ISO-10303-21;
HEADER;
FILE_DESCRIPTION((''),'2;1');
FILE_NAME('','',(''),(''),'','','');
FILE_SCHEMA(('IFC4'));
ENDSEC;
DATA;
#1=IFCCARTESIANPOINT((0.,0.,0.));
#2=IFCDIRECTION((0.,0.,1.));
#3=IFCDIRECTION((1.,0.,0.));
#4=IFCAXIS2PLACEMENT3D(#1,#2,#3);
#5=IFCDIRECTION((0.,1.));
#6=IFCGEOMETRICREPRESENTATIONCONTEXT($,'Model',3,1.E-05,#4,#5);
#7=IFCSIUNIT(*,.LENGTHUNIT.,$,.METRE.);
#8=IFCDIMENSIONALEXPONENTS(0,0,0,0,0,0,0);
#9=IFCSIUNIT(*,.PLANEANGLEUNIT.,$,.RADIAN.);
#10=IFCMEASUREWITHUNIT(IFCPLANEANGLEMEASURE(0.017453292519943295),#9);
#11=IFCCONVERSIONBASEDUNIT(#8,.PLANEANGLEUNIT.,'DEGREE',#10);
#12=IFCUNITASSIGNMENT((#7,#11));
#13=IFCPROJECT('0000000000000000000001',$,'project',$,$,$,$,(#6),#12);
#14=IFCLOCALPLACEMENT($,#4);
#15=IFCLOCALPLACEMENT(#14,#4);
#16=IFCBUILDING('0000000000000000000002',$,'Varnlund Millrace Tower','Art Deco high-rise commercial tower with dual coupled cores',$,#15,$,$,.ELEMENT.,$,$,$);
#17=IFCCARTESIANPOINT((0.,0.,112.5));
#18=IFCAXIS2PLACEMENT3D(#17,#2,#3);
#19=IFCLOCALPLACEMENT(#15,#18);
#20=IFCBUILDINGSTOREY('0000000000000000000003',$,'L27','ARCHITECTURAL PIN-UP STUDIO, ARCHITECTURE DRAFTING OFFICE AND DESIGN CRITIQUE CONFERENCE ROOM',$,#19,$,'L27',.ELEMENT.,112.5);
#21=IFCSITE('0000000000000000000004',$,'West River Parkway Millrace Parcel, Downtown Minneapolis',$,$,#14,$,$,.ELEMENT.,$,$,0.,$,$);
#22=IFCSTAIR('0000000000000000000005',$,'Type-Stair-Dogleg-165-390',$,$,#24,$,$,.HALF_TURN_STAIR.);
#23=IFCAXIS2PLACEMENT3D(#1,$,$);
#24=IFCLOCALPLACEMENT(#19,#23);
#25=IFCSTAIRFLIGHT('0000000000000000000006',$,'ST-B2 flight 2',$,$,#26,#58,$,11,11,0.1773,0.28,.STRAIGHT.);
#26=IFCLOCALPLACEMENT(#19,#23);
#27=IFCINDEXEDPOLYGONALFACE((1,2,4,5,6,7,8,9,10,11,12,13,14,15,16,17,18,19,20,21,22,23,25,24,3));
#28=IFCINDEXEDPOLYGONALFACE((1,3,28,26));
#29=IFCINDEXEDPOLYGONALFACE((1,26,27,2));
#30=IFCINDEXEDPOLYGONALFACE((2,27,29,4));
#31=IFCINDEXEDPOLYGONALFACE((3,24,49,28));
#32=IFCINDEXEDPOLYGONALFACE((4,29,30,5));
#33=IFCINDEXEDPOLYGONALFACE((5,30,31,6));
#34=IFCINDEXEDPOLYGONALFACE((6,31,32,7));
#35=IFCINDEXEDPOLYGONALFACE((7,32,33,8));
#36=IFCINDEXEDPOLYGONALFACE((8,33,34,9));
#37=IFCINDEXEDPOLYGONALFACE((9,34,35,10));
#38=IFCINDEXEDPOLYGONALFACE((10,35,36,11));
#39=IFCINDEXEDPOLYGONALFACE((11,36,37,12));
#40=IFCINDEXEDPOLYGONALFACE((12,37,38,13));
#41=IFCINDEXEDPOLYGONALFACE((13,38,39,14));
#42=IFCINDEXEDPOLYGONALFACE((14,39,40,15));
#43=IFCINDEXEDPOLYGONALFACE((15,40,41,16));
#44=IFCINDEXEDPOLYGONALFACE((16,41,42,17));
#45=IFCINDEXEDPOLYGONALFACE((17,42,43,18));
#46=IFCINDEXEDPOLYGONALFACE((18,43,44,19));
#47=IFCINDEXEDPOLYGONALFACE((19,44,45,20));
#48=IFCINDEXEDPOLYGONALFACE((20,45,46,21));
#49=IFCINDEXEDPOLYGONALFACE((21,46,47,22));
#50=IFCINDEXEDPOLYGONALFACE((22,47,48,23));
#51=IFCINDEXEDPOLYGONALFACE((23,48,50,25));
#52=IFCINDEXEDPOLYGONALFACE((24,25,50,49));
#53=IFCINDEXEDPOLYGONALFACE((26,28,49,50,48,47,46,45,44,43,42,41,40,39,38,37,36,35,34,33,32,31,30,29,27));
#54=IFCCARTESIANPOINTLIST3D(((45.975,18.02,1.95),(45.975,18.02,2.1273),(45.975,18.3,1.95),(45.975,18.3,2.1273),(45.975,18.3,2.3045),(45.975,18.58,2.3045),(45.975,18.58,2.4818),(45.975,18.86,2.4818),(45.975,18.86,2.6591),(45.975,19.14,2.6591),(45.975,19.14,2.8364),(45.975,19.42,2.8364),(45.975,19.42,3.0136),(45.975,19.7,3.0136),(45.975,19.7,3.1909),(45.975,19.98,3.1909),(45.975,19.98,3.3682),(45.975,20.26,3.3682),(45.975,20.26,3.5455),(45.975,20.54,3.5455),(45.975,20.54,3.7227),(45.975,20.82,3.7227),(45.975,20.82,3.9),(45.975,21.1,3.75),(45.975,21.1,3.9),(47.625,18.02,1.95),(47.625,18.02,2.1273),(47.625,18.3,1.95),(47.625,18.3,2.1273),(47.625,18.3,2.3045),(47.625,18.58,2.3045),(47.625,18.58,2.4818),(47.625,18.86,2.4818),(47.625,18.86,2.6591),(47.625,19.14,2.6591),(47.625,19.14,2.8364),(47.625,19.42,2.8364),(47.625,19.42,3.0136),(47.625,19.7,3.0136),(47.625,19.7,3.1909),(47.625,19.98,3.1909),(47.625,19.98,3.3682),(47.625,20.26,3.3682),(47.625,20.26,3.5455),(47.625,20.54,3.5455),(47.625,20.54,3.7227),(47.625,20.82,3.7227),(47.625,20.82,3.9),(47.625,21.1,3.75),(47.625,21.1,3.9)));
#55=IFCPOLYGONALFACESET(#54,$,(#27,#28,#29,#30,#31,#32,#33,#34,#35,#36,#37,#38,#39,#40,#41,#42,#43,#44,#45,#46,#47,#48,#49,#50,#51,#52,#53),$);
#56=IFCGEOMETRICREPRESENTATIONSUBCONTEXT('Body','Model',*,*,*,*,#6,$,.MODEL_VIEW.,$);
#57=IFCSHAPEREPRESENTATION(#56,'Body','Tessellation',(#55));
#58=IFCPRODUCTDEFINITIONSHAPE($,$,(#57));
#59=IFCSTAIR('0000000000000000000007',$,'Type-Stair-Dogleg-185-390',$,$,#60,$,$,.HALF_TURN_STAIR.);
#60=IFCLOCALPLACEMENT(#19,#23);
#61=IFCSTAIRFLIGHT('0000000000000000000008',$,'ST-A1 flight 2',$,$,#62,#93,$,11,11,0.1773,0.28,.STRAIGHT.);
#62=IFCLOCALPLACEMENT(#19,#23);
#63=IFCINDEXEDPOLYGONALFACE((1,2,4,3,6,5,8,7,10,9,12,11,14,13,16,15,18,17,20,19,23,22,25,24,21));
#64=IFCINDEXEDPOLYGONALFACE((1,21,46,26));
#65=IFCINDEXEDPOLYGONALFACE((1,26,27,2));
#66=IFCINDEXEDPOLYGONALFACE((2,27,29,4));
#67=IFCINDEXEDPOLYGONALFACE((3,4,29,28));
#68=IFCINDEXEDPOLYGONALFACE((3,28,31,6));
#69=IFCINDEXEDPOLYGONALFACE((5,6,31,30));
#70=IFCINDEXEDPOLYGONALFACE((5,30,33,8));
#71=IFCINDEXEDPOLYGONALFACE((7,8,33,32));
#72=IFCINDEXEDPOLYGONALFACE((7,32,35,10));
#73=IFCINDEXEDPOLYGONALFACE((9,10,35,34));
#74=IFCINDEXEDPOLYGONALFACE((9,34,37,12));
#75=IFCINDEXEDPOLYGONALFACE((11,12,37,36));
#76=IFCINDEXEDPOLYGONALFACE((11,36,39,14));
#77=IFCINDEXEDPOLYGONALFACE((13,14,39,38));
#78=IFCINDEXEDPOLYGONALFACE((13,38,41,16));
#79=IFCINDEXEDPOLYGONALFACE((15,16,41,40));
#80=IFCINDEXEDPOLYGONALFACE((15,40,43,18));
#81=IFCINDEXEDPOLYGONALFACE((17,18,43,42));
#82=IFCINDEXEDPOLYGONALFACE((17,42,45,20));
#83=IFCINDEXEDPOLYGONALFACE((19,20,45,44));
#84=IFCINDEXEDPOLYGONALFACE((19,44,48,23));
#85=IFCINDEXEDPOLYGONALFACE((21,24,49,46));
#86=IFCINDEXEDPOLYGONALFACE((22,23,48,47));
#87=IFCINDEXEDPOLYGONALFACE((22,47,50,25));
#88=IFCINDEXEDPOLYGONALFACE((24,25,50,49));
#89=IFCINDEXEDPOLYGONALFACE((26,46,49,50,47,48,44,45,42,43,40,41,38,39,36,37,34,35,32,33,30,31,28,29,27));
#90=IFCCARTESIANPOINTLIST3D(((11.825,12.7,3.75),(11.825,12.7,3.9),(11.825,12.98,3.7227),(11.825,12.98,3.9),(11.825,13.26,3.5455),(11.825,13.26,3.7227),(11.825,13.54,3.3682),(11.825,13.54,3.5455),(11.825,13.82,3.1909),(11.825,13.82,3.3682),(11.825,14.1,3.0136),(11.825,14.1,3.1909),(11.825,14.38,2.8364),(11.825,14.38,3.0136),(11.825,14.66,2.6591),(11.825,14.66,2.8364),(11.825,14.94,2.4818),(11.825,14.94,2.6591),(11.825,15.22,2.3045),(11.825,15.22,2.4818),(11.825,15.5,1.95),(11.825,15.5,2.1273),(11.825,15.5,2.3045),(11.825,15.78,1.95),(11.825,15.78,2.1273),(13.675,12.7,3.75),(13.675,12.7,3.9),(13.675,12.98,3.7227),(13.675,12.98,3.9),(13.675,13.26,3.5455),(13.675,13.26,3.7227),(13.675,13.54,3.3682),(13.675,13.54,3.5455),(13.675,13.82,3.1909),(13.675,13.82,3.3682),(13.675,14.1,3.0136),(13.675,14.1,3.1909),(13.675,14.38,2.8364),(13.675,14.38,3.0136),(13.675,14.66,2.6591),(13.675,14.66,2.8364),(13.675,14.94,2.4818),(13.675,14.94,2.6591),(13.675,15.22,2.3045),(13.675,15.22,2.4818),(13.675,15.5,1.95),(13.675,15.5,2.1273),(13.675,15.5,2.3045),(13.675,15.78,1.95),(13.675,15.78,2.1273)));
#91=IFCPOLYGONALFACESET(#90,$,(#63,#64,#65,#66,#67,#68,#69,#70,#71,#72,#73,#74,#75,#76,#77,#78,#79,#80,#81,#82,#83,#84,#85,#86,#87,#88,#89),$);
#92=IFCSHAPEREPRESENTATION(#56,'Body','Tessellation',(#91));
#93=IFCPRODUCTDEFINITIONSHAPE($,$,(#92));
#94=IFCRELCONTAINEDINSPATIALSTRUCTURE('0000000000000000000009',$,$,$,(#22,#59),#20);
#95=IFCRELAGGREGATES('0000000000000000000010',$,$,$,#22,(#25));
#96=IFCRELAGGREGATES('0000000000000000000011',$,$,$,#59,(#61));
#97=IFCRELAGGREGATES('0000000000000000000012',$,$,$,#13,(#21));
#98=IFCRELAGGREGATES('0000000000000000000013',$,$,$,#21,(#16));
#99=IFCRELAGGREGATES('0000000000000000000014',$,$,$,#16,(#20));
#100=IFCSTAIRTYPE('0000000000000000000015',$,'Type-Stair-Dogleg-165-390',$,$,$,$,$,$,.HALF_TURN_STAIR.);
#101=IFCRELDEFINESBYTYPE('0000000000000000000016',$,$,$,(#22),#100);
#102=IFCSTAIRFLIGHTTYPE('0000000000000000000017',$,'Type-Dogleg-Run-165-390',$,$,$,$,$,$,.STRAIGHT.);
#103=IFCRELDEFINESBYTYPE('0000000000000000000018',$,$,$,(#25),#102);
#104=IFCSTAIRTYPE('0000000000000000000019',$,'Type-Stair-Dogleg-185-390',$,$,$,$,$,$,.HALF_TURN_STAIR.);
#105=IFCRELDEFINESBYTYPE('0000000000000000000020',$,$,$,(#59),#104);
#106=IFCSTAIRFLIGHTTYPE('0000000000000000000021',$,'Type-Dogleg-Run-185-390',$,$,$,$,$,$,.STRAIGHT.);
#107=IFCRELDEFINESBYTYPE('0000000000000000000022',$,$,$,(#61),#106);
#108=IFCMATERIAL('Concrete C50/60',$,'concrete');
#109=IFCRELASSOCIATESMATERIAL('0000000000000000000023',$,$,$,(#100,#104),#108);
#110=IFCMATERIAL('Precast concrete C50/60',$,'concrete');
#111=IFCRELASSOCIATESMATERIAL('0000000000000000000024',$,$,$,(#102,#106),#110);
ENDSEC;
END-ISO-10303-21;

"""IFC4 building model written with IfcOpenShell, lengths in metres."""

from ifc_helpers import new_model, entity, si_unit, converted_unit, direction, frame, origin_with_axes, place, context, subcontext, project, spatial, polyline, outline, extrude, material, type_object, element, aggregate, save


model = new_model("IFC4")

# Units and contexts
model_context = context("Model", 3, precision=1e-05, world=origin_with_axes(), true_north=direction((0.0, 1.0)))
body_context = subcontext(model_context, "Body", "Model", "MODEL_VIEW")
ifc_project = project(units=[si_unit("LENGTHUNIT", "METRE"), converted_unit("PLANEANGLEUNIT", "DEGREE", entity("IfcPlaneAngleMeasure", 0.017453292519943295), si_unit("PLANEANGLEUNIT", "RADIAN"), dimensions=[0, 0, 0, 0, 0, 0, 0])], contexts=[model_context])

# Site, building, storey
site_placement = place(None, origin_with_axes())
site = spatial("IfcSite", under=ifc_project, at=site_placement, Name="West River Parkway Millrace Parcel, Downtown Minneapolis", CompositionType="ELEMENT", RefElevation=0.0)
building_placement = place(site_placement, origin_with_axes())
building = spatial("IfcBuilding", under=site, at=building_placement, Name="Varnlund Millrace Tower", Description="Art Deco high-rise commercial tower with dual coupled cores", CompositionType="ELEMENT")
storey_placement = place(building_placement, frame((0.0, 0.0, 112.5), z_axis=(0.0, 0.0, 1.0), x_axis=(1.0, 0.0, 0.0)))
storey = spatial("IfcBuildingStorey", under=building, at=storey_placement, Name="L27", Description="ARCHITECTURAL PIN-UP STUDIO, ARCHITECTURE DRAFTING OFFICE AND DESIGN CRITIQUE CONFERENCE ROOM", LongName="L27", CompositionType="ELEMENT", Elevation=112.5)

# Shared definitions
ifc_material_1 = material(Name="Precast concrete C50/60", Category="concrete")

# Stairs, stair flights
ifc_material_2 = material(Name="Concrete C50/60", Category="concrete")
stair_type_1 = type_object("IfcStairType", Name="Type-Stair-Dogleg-165-390", PredefinedType="HALF_TURN_STAIR", material=ifc_material_2)
stair_1_placement = place(storey_placement, origin_with_axes())
stair_1 = element("IfcStair", 1, at=stair_1_placement, inside=storey, type_object=stair_type_1, Name="Type-Stair-Dogleg-165-390", PredefinedType="HALF_TURN_STAIR")
stair_flight_type_1 = type_object("IfcStairFlightType", Name="Type-Dogleg-Run-165-390", PredefinedType="STRAIGHT", material=ifc_material_1)
stair_flight_1_placement = place(storey_placement, frame((45.975, 18.02, 1.95), z_axis=(1.0, 0.0, 0.0), x_axis=(0.0, 1.0, 0.0)))
stair_flight_1 = element("IfcStairFlight", 2, at=stair_flight_1_placement, type_object=stair_flight_type_1, Name="ST-B2 flight 2", NumberOfRisers=11, NumberOfTreads=11, PredefinedType="STRAIGHT", RiserHeight=0.1773, TreadLength=0.28, context=body_context, shape_type="SweptSolid", body=[
    extrude(outline(polyline([(0.0, 0.0), (0.0, 0.1773), (0.28, 0.1773), (0.28, 0.3545), (0.56, 0.3545), (0.56, 0.5318), (0.84, 0.5318), (0.84, 0.7091), (1.12, 0.7091), (1.12, 0.8864), (1.4, 0.8864), (1.4, 1.0636), (1.68, 1.0636), (1.68, 1.2409), (1.96, 1.2409), (1.96, 1.4182), (2.24, 1.4182), (2.24, 1.5955), (2.52, 1.5955), (2.52, 1.7727), (2.8, 1.7727), (2.8, 1.95), (3.08, 1.95), (3.08, 1.8), (0.28, 0.0), (0.0, 0.0)])), origin_with_axes(), (0.0, 0.0, 1.0), 1.65),
])
aggregate(stair_1, [stair_flight_1])
stair_type_2 = type_object("IfcStairType", Name="Type-Stair-Dogleg-185-390", PredefinedType="HALF_TURN_STAIR", material=ifc_material_2)
stair_2_placement = place(storey_placement, origin_with_axes())
stair_2 = element("IfcStair", 3, at=stair_2_placement, inside=storey, type_object=stair_type_2, Name="Type-Stair-Dogleg-185-390", PredefinedType="HALF_TURN_STAIR")
stair_flight_type_2 = type_object("IfcStairFlightType", Name="Type-Dogleg-Run-185-390", PredefinedType="STRAIGHT", material=ifc_material_1)
stair_flight_2_placement = place(storey_placement, frame((13.675, 15.78, 1.95), z_axis=(-1.0, 0.0, 0.0), x_axis=(0.0, -1.0, 0.0)))
stair_flight_2 = element("IfcStairFlight", 4, at=stair_flight_2_placement, type_object=stair_flight_type_2, Name="ST-A1 flight 2", NumberOfRisers=11, NumberOfTreads=11, PredefinedType="STRAIGHT", RiserHeight=0.1773, TreadLength=0.28, context=body_context, shape_type="SweptSolid", body=[
    extrude(outline(polyline([(0.0, 0.0), (0.0, 0.1773), (0.28, 0.1773), (0.28, 0.3545), (0.56, 0.3545), (0.56, 0.5318), (0.84, 0.5318), (0.84, 0.7091), (1.12, 0.7091), (1.12, 0.8864), (1.4, 0.8864), (1.4, 1.0636), (1.68, 1.0636), (1.68, 1.2409), (1.96, 1.2409), (1.96, 1.4182), (2.24, 1.4182), (2.24, 1.5955), (2.52, 1.5955), (2.52, 1.7727), (2.8, 1.7727), (2.8, 1.95), (3.08, 1.95), (3.08, 1.8), (0.28, 0.0), (0.0, 0.0)])), origin_with_axes(), (0.0, 0.0, 1.0), 1.85),
])
aggregate(stair_2, [stair_flight_2])

save(model, "model.ifc")
